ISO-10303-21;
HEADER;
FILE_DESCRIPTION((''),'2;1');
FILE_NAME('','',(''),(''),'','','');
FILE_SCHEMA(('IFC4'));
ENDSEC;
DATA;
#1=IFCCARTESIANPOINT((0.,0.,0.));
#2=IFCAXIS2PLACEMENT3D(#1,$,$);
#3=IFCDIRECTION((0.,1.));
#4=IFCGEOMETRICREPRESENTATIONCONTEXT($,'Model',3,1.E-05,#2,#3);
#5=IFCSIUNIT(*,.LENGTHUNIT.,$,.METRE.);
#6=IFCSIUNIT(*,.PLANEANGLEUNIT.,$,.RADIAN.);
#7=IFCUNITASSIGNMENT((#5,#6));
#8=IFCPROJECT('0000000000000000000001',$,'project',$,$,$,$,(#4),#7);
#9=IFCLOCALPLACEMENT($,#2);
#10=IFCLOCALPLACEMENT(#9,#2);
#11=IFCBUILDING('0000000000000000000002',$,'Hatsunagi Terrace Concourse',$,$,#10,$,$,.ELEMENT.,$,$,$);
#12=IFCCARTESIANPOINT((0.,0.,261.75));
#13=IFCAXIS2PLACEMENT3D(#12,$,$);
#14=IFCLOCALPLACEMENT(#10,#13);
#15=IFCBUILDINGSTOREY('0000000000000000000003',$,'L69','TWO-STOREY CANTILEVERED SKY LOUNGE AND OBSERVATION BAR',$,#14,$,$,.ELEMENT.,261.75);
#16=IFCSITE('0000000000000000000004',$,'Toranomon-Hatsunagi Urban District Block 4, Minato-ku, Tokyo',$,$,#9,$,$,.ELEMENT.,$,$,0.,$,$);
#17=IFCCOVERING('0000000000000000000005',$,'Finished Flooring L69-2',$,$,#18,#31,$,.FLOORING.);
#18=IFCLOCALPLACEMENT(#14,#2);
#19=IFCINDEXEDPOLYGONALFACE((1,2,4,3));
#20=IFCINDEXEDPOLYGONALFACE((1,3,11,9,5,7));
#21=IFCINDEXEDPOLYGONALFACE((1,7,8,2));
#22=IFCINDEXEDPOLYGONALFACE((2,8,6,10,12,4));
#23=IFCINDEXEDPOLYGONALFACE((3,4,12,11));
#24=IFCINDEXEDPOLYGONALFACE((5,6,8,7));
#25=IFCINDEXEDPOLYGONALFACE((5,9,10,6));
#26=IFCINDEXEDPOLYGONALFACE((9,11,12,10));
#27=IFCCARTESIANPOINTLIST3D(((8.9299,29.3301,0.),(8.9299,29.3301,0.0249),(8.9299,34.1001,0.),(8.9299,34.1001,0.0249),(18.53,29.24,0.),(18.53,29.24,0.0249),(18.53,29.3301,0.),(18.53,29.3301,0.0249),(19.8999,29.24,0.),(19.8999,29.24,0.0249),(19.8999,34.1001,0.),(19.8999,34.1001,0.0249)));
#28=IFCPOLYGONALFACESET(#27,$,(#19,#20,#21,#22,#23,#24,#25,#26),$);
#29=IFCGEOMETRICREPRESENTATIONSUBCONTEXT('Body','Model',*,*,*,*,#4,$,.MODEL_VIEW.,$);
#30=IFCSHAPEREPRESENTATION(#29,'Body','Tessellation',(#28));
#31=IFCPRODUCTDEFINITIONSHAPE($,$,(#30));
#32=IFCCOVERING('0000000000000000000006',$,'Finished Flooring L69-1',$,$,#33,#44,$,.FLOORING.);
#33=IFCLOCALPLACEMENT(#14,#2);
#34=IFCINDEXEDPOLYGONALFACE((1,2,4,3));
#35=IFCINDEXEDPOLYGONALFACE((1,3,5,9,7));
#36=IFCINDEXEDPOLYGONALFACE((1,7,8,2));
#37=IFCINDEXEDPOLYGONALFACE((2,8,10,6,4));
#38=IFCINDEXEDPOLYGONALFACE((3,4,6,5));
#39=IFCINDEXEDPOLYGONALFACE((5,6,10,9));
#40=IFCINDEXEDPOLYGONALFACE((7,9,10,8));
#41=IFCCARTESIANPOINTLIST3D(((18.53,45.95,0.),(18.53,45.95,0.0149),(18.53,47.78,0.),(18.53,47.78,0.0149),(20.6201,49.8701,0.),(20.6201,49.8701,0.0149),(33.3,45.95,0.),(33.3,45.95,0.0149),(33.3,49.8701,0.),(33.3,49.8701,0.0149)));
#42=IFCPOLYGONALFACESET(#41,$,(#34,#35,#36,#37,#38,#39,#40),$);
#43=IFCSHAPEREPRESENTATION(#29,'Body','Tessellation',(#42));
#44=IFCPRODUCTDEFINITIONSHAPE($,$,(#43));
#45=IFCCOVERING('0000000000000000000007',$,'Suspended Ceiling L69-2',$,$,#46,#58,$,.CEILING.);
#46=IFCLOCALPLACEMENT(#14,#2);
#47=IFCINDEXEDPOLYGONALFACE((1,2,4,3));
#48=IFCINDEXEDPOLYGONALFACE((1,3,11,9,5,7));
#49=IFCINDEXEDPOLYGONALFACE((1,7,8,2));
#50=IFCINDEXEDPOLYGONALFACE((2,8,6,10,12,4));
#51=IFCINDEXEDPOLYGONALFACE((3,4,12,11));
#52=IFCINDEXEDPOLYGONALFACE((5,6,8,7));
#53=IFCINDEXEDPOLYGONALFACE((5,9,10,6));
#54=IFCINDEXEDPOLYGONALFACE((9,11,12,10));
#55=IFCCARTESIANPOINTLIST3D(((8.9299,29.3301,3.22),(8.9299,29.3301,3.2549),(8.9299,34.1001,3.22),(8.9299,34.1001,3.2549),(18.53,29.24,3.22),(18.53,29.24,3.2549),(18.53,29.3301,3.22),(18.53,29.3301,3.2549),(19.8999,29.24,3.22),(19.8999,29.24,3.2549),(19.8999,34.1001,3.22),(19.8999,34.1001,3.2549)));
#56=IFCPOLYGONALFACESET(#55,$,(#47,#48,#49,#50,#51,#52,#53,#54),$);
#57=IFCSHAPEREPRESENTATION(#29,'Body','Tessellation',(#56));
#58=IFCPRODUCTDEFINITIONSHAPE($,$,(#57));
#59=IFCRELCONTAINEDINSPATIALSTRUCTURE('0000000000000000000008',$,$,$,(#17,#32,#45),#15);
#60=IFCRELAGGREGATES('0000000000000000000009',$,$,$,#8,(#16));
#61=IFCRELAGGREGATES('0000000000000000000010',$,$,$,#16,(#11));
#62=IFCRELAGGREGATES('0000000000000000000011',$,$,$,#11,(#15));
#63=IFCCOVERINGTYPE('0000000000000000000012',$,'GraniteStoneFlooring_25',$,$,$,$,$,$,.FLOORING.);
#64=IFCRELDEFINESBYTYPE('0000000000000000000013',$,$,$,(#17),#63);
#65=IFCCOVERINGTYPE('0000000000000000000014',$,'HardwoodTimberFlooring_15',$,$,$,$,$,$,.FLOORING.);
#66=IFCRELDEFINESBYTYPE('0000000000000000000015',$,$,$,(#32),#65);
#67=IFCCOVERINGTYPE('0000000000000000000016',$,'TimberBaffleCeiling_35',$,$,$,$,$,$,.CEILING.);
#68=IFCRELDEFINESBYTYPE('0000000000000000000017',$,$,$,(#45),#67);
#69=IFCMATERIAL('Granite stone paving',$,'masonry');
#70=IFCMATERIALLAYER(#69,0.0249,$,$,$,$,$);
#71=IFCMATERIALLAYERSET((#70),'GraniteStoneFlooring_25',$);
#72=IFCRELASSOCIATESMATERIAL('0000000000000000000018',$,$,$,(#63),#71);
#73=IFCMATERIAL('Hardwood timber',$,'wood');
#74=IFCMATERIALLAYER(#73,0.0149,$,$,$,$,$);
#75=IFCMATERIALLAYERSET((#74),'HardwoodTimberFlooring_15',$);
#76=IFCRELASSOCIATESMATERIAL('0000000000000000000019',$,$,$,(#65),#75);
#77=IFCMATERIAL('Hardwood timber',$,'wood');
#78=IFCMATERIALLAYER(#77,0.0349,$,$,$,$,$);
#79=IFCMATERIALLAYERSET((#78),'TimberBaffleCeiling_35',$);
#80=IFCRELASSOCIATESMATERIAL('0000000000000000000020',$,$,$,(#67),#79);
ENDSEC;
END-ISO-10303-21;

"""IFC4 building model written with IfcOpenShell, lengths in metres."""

from ifc_helpers import new_model, si_unit, direction, frame, origin, place, context, subcontext, project, spatial, polyline, outline, extrude, material, layer, layer_set, type_object, element, save


model = new_model("IFC4")

# Units and contexts
model_context = context("Model", 3, precision=1e-05, world=origin(), true_north=direction((0.0, 1.0)))
body_context = subcontext(model_context, "Body", "Model", "MODEL_VIEW")
ifc_project = project(units=[si_unit("LENGTHUNIT", "METRE"), si_unit("PLANEANGLEUNIT", "RADIAN")], contexts=[model_context])

# Site, building, storey
site_placement = place(None, origin())
site = spatial("IfcSite", under=ifc_project, at=site_placement, Name="Toranomon-Hatsunagi Urban District Block 4, Minato-ku, Tokyo", CompositionType="ELEMENT", RefElevation=0.0)
building_placement = place(site_placement, origin())
building = spatial("IfcBuilding", under=site, at=building_placement, Name="Hatsunagi Terrace Concourse", CompositionType="ELEMENT")
storey_placement = place(building_placement, frame((0.0, 0.0, 261.75)))
storey = spatial("IfcBuildingStorey", under=building, at=storey_placement, Name="L69", Description="TWO-STOREY CANTILEVERED SKY LOUNGE AND OBSERVATION BAR", CompositionType="ELEMENT", Elevation=261.75)

# Coverings
ifc_material_1 = material(Name="Granite stone paving", Category="masonry")
ifc_layer_1 = layer(ifc_material_1, 0.0249)
ifc_layer_set_1 = layer_set([ifc_layer_1], Name="GraniteStoneFlooring_25")
covering_type_1 = type_object("IfcCoveringType", Name="GraniteStoneFlooring_25", PredefinedType="FLOORING", material=ifc_layer_set_1)
covering_1_placement = place(storey_placement, origin())
element("IfcCovering", 1, at=covering_1_placement, inside=storey, type_object=covering_type_1, Name="Finished Flooring L69-2", PredefinedType="FLOORING", context=body_context, shape_type="SweptSolid", body=[
    extrude(outline(polyline([(18.53, 29.24), (19.8999, 29.24), (19.8999, 34.1001), (8.9299, 34.1001), (8.9299, 29.3301), (18.53, 29.3301), (18.53, 29.24)])), origin(), (0.0, 0.0, 1.0), 0.0249),
])
ifc_material_2 = material(Name="Hardwood timber", Category="wood")
ifc_layer_2 = layer(ifc_material_2, 0.0149)
ifc_layer_set_2 = layer_set([ifc_layer_2], Name="HardwoodTimberFlooring_15")
covering_type_2 = type_object("IfcCoveringType", Name="HardwoodTimberFlooring_15", PredefinedType="FLOORING", material=ifc_layer_set_2)
covering_2_placement = place(storey_placement, origin())
element("IfcCovering", 2, at=covering_2_placement, inside=storey, type_object=covering_type_2, Name="Finished Flooring L69-1", PredefinedType="FLOORING", context=body_context, shape_type="SweptSolid", body=[
    extrude(outline(polyline([(18.53, 47.78), (18.53, 45.95), (33.3, 45.95), (33.3, 49.8701), (20.6201, 49.8701), (18.53, 47.78)])), origin(), (0.0, 0.0, 1.0), 0.0149),
])
ifc_material_3 = material(Name="Hardwood timber", Category="wood")
ifc_layer_3 = layer(ifc_material_3, 0.0349)
ifc_layer_set_3 = layer_set([ifc_layer_3], Name="TimberBaffleCeiling_35")
covering_type_3 = type_object("IfcCoveringType", Name="TimberBaffleCeiling_35", PredefinedType="CEILING", material=ifc_layer_set_3)
covering_3_placement = place(storey_placement, frame((0.0, 0.0, 3.22)))
element("IfcCovering", 3, at=covering_3_placement, inside=storey, type_object=covering_type_3, Name="Suspended Ceiling L69-2", PredefinedType="CEILING", context=body_context, shape_type="SweptSolid", body=[
    extrude(outline(polyline([(18.53, 29.24), (19.8999, 29.24), (19.8999, 34.1001), (8.9299, 34.1001), (8.9299, 29.3301), (18.53, 29.3301), (18.53, 29.24)])), origin(), (0.0, 0.0, 1.0), 0.0349),
])

save(model, "model.ifc")
